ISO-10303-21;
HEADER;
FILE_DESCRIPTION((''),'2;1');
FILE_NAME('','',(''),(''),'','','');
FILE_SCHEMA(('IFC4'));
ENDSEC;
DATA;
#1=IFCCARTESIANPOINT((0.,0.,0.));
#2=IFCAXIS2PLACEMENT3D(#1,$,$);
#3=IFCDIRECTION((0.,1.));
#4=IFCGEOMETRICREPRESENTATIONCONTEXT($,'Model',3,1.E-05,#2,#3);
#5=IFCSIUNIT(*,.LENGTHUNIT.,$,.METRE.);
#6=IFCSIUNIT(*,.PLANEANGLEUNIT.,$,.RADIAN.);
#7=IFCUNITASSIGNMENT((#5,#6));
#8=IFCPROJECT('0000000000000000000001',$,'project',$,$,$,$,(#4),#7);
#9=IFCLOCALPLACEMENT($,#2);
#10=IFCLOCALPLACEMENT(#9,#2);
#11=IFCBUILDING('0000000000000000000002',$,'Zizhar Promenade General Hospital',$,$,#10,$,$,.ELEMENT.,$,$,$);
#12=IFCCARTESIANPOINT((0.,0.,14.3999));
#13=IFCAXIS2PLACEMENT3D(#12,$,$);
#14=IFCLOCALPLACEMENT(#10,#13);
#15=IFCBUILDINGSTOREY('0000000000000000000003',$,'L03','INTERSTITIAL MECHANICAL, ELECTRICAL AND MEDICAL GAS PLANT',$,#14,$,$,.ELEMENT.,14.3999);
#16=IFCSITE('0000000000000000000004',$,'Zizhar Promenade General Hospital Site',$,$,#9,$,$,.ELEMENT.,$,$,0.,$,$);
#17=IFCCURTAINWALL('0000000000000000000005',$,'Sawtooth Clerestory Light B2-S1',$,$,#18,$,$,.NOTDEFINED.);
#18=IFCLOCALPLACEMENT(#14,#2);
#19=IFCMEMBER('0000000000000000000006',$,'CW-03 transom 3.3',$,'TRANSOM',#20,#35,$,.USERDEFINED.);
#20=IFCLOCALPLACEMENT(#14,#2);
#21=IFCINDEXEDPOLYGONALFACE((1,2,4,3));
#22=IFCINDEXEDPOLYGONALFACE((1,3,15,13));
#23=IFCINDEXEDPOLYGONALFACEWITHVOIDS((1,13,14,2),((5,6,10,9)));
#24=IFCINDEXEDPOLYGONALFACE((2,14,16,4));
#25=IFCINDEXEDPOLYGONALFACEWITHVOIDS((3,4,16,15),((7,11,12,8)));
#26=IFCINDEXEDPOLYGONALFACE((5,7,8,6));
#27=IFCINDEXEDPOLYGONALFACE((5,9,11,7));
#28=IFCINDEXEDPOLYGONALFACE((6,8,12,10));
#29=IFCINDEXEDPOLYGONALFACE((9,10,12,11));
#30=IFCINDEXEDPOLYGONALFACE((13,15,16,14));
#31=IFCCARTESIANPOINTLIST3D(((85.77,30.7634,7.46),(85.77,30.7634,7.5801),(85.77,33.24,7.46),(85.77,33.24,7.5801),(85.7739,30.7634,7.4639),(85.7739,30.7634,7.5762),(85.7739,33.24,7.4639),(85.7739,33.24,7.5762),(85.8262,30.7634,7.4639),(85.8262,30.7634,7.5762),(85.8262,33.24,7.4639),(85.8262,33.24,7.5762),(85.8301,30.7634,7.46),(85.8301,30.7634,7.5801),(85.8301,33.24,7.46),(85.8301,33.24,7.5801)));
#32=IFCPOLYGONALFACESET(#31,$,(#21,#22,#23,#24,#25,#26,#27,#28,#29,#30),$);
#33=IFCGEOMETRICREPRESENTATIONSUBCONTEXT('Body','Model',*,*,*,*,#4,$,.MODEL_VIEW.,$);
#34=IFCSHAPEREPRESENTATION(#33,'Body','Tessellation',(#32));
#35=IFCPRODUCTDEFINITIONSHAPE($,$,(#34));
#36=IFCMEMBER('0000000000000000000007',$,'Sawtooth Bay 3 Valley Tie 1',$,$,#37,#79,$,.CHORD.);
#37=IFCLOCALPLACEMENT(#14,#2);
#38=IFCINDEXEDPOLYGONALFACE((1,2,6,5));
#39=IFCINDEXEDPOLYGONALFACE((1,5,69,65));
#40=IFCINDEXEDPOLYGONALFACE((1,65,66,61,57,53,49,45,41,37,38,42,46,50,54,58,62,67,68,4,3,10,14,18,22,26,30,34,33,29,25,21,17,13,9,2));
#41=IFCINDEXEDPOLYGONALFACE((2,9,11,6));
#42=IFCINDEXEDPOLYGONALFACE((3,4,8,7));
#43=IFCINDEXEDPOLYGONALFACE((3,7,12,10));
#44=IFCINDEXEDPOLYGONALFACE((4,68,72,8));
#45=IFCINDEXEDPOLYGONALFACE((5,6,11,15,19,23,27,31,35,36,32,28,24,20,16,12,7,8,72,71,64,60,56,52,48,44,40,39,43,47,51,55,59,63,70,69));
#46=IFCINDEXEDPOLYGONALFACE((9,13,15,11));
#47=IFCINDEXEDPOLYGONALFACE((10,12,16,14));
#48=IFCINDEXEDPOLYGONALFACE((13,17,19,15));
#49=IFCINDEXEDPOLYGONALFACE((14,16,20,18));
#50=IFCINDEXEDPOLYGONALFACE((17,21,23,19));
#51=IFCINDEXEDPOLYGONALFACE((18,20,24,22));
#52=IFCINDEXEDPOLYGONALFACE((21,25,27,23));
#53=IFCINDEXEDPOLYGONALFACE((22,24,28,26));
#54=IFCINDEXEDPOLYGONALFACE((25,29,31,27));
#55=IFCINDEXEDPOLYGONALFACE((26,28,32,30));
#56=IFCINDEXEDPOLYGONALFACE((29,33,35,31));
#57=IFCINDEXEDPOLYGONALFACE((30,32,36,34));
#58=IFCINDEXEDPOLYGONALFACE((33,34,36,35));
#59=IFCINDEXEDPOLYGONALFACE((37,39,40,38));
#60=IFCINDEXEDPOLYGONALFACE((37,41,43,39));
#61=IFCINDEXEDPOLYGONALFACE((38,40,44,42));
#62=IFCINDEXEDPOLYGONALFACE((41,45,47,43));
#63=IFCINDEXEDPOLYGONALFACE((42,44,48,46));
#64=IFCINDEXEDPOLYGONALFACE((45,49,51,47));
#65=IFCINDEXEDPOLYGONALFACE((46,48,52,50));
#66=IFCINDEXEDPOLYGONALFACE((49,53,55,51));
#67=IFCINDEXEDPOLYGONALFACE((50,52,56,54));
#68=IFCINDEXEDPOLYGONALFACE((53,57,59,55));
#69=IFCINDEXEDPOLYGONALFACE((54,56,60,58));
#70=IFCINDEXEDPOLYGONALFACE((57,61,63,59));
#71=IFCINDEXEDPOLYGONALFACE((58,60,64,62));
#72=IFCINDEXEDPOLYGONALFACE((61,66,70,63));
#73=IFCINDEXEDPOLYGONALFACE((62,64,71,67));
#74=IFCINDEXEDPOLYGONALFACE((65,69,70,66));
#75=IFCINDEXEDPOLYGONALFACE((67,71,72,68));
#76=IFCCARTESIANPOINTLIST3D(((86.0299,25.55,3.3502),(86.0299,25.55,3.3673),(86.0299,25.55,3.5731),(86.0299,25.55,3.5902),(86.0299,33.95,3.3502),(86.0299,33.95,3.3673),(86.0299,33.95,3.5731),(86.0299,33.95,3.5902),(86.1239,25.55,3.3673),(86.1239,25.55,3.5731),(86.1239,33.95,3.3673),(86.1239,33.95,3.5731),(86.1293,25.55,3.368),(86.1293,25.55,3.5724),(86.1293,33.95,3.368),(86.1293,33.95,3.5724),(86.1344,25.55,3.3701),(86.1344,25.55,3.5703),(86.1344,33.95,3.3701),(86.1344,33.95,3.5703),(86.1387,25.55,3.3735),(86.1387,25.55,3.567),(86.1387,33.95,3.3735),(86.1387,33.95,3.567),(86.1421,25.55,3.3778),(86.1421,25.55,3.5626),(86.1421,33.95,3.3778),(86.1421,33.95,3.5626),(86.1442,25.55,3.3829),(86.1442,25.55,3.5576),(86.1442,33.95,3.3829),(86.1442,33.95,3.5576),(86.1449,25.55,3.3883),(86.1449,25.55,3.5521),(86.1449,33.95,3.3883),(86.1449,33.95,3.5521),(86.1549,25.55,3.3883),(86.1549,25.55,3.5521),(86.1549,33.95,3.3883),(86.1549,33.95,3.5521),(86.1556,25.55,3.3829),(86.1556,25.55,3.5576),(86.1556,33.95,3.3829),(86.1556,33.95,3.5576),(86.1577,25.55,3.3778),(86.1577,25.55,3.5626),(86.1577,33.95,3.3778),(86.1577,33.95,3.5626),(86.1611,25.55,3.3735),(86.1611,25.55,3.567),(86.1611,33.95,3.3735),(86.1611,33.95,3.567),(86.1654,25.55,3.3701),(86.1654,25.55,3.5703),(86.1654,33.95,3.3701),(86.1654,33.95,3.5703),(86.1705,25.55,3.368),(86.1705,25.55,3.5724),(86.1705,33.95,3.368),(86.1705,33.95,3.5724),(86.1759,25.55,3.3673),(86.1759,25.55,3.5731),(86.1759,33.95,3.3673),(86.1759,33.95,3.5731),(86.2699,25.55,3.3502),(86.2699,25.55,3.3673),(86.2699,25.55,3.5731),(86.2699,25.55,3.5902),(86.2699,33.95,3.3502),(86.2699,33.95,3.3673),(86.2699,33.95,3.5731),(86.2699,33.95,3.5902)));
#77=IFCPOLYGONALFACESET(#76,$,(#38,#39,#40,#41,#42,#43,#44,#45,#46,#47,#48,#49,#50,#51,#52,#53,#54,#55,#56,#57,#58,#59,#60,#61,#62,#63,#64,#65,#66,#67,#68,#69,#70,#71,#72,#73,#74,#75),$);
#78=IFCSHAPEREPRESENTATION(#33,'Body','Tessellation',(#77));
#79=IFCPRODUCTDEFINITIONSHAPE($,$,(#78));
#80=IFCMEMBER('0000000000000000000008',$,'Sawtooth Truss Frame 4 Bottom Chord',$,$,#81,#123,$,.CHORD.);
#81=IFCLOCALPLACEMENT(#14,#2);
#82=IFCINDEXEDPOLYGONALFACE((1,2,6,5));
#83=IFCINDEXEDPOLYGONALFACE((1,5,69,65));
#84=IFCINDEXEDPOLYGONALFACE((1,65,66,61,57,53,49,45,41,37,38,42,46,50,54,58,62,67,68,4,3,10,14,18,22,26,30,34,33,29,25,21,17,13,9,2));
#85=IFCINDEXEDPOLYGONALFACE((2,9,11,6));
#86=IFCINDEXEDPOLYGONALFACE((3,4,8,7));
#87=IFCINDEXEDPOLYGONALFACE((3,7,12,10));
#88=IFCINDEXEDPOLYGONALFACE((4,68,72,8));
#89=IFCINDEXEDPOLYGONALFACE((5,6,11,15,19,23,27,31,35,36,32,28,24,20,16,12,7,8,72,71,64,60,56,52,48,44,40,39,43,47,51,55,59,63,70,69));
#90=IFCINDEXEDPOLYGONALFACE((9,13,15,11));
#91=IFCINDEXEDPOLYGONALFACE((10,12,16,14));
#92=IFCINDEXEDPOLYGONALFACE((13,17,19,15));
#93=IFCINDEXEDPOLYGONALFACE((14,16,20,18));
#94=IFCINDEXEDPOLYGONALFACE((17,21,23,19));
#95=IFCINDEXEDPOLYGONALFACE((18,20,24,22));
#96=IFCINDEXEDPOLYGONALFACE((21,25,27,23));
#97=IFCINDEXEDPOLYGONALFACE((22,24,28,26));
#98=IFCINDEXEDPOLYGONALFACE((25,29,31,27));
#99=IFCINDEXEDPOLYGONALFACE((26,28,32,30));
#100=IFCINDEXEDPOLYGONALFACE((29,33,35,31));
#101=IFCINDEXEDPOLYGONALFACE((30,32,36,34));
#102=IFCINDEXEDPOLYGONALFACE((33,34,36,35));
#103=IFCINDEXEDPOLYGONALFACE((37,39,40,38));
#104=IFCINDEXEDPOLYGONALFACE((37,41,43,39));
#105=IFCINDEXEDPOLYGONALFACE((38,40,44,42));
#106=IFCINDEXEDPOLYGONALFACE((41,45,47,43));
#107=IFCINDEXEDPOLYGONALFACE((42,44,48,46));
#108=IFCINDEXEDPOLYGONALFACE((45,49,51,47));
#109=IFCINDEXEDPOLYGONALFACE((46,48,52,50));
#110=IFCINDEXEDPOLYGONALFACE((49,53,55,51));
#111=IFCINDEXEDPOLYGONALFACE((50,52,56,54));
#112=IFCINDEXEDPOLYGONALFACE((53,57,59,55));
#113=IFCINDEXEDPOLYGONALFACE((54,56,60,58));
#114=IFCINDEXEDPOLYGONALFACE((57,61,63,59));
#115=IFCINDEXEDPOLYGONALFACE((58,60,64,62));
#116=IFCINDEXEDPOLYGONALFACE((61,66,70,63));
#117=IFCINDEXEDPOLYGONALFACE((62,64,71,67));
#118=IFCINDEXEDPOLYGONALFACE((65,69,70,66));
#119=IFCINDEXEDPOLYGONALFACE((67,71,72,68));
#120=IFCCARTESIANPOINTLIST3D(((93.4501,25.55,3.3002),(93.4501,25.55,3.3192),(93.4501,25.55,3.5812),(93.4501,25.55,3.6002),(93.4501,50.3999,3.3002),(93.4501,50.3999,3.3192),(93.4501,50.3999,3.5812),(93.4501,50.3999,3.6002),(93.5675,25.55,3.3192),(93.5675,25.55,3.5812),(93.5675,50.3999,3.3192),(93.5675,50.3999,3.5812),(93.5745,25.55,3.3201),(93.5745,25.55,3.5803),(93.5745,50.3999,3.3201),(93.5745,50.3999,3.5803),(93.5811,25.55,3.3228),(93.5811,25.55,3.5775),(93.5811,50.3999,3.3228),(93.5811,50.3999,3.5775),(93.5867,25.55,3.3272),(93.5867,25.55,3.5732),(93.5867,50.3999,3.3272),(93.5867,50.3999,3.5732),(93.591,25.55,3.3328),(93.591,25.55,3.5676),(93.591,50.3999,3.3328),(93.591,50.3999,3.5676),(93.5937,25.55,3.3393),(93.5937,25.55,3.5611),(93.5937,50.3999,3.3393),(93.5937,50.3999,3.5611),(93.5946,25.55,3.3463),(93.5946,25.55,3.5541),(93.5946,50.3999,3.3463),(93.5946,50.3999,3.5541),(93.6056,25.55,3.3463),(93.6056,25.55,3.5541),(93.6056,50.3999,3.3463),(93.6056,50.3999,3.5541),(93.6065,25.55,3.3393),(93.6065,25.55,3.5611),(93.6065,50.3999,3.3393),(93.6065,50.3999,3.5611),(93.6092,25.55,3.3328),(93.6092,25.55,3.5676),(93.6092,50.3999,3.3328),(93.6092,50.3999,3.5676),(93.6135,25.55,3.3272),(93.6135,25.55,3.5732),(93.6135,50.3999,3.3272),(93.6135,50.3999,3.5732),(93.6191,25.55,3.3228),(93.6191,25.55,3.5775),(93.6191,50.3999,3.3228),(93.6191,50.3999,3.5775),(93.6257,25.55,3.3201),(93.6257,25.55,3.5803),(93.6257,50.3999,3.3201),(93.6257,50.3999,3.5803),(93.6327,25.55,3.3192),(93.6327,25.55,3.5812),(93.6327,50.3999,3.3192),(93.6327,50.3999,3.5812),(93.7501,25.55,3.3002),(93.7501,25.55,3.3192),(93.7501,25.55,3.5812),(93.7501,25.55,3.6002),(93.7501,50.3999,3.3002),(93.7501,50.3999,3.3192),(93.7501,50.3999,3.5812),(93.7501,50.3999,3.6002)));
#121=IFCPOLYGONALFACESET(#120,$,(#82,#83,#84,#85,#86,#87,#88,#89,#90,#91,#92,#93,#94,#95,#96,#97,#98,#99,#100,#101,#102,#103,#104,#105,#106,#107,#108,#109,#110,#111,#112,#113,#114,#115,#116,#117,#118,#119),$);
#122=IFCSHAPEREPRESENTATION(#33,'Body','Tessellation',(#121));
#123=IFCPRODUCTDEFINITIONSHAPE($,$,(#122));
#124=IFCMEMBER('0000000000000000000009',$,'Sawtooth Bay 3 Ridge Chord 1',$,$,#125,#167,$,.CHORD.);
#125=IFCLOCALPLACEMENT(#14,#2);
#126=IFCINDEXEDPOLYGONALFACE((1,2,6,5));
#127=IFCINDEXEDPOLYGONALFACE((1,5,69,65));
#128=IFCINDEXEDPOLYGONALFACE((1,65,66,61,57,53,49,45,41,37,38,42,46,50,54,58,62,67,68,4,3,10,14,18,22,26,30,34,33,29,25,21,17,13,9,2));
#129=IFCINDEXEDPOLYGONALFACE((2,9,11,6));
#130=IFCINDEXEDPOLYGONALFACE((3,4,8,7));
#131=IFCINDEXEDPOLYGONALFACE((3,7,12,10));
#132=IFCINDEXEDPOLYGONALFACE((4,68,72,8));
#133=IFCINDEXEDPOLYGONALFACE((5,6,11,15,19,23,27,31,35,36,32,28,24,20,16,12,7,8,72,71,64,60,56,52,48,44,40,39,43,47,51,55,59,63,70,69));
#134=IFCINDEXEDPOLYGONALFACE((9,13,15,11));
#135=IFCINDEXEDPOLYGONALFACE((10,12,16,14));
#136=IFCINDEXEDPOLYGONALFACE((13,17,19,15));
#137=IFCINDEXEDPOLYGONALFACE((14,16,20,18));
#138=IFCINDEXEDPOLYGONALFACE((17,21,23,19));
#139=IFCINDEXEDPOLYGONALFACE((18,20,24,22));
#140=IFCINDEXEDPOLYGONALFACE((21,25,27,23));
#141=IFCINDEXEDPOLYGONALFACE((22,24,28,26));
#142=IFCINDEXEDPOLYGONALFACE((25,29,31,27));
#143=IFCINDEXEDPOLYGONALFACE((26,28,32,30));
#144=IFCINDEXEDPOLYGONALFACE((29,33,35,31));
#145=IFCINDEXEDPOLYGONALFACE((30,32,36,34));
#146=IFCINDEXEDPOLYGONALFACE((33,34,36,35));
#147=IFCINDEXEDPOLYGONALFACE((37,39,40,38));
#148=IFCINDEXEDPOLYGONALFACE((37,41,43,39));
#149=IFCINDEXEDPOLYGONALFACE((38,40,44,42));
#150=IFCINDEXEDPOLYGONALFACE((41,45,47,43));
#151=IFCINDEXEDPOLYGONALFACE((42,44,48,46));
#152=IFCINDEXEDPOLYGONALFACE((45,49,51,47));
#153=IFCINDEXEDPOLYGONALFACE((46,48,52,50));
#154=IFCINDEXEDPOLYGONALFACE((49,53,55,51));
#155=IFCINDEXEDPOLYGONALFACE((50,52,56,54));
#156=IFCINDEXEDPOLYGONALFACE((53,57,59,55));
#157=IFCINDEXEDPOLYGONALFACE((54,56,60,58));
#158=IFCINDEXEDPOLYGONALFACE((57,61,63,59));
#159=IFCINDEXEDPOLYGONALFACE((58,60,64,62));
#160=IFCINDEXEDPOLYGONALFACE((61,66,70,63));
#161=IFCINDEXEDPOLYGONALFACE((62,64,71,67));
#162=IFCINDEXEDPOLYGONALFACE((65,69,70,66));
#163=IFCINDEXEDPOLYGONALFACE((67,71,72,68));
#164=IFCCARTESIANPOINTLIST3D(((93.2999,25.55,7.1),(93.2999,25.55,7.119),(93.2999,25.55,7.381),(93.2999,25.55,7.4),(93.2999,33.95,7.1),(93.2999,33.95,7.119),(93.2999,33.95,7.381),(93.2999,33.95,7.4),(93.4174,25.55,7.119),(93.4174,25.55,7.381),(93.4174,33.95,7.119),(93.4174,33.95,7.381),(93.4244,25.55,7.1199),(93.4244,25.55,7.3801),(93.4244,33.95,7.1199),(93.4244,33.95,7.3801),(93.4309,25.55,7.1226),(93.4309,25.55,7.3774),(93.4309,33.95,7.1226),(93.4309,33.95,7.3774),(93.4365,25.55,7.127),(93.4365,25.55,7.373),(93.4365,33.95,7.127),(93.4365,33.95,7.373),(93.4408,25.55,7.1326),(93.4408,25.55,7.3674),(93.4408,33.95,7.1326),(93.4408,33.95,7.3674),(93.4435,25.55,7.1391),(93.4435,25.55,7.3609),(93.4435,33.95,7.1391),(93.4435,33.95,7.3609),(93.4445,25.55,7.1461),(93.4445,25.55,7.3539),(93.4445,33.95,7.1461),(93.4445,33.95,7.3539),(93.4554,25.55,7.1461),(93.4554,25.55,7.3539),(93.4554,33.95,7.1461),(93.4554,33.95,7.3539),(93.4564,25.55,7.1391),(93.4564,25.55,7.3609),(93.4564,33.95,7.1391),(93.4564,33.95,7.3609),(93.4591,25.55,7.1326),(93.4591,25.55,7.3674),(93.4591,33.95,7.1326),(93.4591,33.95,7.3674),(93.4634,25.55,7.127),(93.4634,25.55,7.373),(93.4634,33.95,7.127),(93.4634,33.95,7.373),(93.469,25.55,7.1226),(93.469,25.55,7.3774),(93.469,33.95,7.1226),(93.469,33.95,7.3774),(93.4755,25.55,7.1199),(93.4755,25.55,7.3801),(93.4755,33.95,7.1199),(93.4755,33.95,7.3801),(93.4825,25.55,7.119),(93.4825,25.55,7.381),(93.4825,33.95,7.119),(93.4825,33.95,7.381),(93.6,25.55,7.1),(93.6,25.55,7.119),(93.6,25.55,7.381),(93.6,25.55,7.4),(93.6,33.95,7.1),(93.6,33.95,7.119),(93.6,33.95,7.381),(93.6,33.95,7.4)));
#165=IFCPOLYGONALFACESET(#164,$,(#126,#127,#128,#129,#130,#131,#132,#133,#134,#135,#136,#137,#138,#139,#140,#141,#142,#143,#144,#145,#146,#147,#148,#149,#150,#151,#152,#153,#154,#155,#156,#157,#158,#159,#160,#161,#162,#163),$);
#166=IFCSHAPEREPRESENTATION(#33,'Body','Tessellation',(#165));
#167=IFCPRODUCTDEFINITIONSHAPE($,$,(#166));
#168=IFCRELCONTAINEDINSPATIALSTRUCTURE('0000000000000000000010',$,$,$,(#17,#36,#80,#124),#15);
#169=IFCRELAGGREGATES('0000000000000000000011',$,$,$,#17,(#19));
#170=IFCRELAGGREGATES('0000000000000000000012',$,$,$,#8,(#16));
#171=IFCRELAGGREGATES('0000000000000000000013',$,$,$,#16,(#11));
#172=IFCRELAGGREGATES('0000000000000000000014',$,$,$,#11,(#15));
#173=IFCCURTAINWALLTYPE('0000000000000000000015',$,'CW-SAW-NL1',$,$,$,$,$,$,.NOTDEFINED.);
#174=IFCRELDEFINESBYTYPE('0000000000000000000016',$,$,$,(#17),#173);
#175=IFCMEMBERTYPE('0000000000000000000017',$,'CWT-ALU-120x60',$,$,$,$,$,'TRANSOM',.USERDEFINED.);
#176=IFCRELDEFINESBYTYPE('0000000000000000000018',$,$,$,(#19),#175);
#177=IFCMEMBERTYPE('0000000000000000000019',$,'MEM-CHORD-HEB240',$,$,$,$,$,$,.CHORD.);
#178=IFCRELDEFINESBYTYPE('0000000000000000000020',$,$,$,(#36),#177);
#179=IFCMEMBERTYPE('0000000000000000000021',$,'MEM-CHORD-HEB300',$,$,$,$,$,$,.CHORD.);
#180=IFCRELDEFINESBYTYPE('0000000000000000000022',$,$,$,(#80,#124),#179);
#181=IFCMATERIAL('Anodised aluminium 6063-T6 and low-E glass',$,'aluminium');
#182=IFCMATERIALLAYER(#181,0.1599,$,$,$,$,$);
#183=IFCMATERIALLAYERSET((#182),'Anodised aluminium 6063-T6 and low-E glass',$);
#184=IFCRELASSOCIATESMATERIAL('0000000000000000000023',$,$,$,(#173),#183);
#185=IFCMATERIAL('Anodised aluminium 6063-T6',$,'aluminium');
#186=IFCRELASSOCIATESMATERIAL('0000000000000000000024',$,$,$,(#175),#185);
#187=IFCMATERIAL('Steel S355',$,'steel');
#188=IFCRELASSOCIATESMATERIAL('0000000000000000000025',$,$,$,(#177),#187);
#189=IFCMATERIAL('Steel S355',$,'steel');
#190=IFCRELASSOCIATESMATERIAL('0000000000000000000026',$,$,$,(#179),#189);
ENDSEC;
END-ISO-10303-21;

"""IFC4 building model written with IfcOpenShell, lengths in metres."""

from ifc_helpers import new_model, si_unit, direction, frame, origin, origin_2d, place, context, subcontext, project, spatial, hollow_rectangle, i_section, extrude, material, layer, layer_set, material_profile, profile_set, type_object, element, aggregate, save


model = new_model("IFC4")

# Units and contexts
model_context = context("Model", 3, precision=1e-05, world=origin(), true_north=direction((0.0, 1.0)))
body_context = subcontext(model_context, "Body", "Model", "MODEL_VIEW")
ifc_project = project(units=[si_unit("LENGTHUNIT", "METRE"), si_unit("PLANEANGLEUNIT", "RADIAN")], contexts=[model_context])

# Site, building, storey
site_placement = place(None, origin())
site = spatial("IfcSite", under=ifc_project, at=site_placement, Name="Zizhar Promenade General Hospital Site", CompositionType="ELEMENT", RefElevation=0.0)
building_placement = place(site_placement, origin())
building = spatial("IfcBuilding", under=site, at=building_placement, Name="Zizhar Promenade General Hospital", CompositionType="ELEMENT")
storey_placement = place(building_placement, frame((0.0, 0.0, 14.3999)))
storey = spatial("IfcBuildingStorey", under=building, at=storey_placement, Name="L03", Description="INTERSTITIAL MECHANICAL, ELECTRICAL AND MEDICAL GAS PLANT", CompositionType="ELEMENT", Elevation=14.3999)

# Curtain wall
ifc_material_1 = material(Name="Anodised aluminium 6063-T6 and low-E glass", Category="aluminium")
ifc_layer_1 = layer(ifc_material_1, 0.1599)
ifc_layer_set_1 = layer_set([ifc_layer_1], Name="Anodised aluminium 6063-T6 and low-E glass")
curtain_wall_type = type_object("IfcCurtainWallType", Name="CW-SAW-NL1", PredefinedType="NOTDEFINED", material=ifc_layer_set_1)
curtain_wall_1_placement = place(storey_placement, origin())
curtain_wall_1 = element("IfcCurtainWall", 1, at=curtain_wall_1_placement, inside=storey, type_object=curtain_wall_type, Name="Sawtooth Clerestory Light B2-S1", PredefinedType="NOTDEFINED")

# Member
ifc_material_2 = material(Name="Anodised aluminium 6063-T6", Category="aluminium")
ifc_material_profile_1 = material_profile(ifc_material_2, hollow_rectangle(XDim=0.0601, YDim=0.1201, WallThickness=0.0039, at=origin_2d()))
ifc_profile_set_1 = profile_set([ifc_material_profile_1], Name="Anodised aluminium 6063-T6")
member_type_1 = type_object("IfcMemberType", Name="CWT-ALU-120x60", ElementType="TRANSOM", PredefinedType="USERDEFINED", material=ifc_profile_set_1)
member_1_placement = place(storey_placement, frame((85.8, 30.7634, 7.52), z_axis=(0.0, 1.0, 0.0), x_axis=(-1.0, 0.0, 0.0)))
member_1 = element("IfcMember", 2, at=member_1_placement, type_object=member_type_1, Name="CW-03 transom 3.3", ObjectType="TRANSOM", PredefinedType="USERDEFINED", context=body_context, shape_type="SweptSolid", body=[
    extrude(hollow_rectangle(XDim=0.0601, YDim=0.1201, WallThickness=0.0039, at=origin_2d()), origin(), (0.0, 0.0, 1.0), 2.4766),
])

# Members
ifc_material_3 = material(Name="Steel S355", Category="steel")
ifc_material_profile_2 = material_profile(ifc_material_3, i_section(OverallWidth=0.24, OverallDepth=0.24, WebThickness=0.01, FlangeThickness=0.0171, FilletRadius=0.021, at=origin_2d()))
ifc_profile_set_2 = profile_set([ifc_material_profile_2], Name="Steel S355")
member_type_2 = type_object("IfcMemberType", Name="MEM-CHORD-HEB240", PredefinedType="CHORD", material=ifc_profile_set_2)
member_2_placement = place(storey_placement, frame((86.1499, 25.55, 3.4702), z_axis=(0.0, 1.0, 0.0), x_axis=(-1.0, 0.0, 0.0)))
element("IfcMember", 3, at=member_2_placement, inside=storey, type_object=member_type_2, Name="Sawtooth Bay 3 Valley Tie 1", PredefinedType="CHORD", context=body_context, shape_type="SweptSolid", body=[
    extrude(i_section(OverallWidth=0.24, OverallDepth=0.24, WebThickness=0.01, FlangeThickness=0.0171, FilletRadius=0.021, at=origin_2d()), origin(), (0.0, 0.0, 1.0), 8.3999),
])
ifc_material_4 = material(Name="Steel S355", Category="steel")
ifc_material_profile_3 = material_profile(ifc_material_4, i_section(OverallWidth=0.3, OverallDepth=0.3, WebThickness=0.011, FlangeThickness=0.019, FilletRadius=0.0271, at=origin_2d()))
ifc_profile_set_3 = profile_set([ifc_material_profile_3], Name="Steel S355")
member_type_3 = type_object("IfcMemberType", Name="MEM-CHORD-HEB300", PredefinedType="CHORD", material=ifc_profile_set_3)
member_3_placement = place(storey_placement, frame((93.6001, 25.55, 3.4502), z_axis=(0.0, 1.0, 0.0), x_axis=(-1.0, 0.0, 0.0)))
element("IfcMember", 4, at=member_3_placement, inside=storey, type_object=member_type_3, Name="Sawtooth Truss Frame 4 Bottom Chord", PredefinedType="CHORD", context=body_context, shape_type="SweptSolid", body=[
    extrude(i_section(OverallWidth=0.3, OverallDepth=0.3, WebThickness=0.011, FlangeThickness=0.019, FilletRadius=0.0271, at=origin_2d()), origin(), (0.0, 0.0, 1.0), 24.8499),
])
member_4_placement = place(storey_placement, frame((93.45, 25.55, 7.25), z_axis=(0.0, 1.0, 0.0), x_axis=(-1.0, 0.0, 0.0)))
element("IfcMember", 5, at=member_4_placement, inside=storey, type_object=member_type_3, Name="Sawtooth Bay 3 Ridge Chord 1", PredefinedType="CHORD", context=body_context, shape_type="SweptSolid", body=[
    extrude(i_section(OverallWidth=0.3, OverallDepth=0.3, WebThickness=0.011, FlangeThickness=0.019, FilletRadius=0.0271, at=origin_2d()), origin(), (0.0, 0.0, 1.0), 8.3999),
])

aggregate(curtain_wall_1, [member_1])

save(model, "model.ifc")
